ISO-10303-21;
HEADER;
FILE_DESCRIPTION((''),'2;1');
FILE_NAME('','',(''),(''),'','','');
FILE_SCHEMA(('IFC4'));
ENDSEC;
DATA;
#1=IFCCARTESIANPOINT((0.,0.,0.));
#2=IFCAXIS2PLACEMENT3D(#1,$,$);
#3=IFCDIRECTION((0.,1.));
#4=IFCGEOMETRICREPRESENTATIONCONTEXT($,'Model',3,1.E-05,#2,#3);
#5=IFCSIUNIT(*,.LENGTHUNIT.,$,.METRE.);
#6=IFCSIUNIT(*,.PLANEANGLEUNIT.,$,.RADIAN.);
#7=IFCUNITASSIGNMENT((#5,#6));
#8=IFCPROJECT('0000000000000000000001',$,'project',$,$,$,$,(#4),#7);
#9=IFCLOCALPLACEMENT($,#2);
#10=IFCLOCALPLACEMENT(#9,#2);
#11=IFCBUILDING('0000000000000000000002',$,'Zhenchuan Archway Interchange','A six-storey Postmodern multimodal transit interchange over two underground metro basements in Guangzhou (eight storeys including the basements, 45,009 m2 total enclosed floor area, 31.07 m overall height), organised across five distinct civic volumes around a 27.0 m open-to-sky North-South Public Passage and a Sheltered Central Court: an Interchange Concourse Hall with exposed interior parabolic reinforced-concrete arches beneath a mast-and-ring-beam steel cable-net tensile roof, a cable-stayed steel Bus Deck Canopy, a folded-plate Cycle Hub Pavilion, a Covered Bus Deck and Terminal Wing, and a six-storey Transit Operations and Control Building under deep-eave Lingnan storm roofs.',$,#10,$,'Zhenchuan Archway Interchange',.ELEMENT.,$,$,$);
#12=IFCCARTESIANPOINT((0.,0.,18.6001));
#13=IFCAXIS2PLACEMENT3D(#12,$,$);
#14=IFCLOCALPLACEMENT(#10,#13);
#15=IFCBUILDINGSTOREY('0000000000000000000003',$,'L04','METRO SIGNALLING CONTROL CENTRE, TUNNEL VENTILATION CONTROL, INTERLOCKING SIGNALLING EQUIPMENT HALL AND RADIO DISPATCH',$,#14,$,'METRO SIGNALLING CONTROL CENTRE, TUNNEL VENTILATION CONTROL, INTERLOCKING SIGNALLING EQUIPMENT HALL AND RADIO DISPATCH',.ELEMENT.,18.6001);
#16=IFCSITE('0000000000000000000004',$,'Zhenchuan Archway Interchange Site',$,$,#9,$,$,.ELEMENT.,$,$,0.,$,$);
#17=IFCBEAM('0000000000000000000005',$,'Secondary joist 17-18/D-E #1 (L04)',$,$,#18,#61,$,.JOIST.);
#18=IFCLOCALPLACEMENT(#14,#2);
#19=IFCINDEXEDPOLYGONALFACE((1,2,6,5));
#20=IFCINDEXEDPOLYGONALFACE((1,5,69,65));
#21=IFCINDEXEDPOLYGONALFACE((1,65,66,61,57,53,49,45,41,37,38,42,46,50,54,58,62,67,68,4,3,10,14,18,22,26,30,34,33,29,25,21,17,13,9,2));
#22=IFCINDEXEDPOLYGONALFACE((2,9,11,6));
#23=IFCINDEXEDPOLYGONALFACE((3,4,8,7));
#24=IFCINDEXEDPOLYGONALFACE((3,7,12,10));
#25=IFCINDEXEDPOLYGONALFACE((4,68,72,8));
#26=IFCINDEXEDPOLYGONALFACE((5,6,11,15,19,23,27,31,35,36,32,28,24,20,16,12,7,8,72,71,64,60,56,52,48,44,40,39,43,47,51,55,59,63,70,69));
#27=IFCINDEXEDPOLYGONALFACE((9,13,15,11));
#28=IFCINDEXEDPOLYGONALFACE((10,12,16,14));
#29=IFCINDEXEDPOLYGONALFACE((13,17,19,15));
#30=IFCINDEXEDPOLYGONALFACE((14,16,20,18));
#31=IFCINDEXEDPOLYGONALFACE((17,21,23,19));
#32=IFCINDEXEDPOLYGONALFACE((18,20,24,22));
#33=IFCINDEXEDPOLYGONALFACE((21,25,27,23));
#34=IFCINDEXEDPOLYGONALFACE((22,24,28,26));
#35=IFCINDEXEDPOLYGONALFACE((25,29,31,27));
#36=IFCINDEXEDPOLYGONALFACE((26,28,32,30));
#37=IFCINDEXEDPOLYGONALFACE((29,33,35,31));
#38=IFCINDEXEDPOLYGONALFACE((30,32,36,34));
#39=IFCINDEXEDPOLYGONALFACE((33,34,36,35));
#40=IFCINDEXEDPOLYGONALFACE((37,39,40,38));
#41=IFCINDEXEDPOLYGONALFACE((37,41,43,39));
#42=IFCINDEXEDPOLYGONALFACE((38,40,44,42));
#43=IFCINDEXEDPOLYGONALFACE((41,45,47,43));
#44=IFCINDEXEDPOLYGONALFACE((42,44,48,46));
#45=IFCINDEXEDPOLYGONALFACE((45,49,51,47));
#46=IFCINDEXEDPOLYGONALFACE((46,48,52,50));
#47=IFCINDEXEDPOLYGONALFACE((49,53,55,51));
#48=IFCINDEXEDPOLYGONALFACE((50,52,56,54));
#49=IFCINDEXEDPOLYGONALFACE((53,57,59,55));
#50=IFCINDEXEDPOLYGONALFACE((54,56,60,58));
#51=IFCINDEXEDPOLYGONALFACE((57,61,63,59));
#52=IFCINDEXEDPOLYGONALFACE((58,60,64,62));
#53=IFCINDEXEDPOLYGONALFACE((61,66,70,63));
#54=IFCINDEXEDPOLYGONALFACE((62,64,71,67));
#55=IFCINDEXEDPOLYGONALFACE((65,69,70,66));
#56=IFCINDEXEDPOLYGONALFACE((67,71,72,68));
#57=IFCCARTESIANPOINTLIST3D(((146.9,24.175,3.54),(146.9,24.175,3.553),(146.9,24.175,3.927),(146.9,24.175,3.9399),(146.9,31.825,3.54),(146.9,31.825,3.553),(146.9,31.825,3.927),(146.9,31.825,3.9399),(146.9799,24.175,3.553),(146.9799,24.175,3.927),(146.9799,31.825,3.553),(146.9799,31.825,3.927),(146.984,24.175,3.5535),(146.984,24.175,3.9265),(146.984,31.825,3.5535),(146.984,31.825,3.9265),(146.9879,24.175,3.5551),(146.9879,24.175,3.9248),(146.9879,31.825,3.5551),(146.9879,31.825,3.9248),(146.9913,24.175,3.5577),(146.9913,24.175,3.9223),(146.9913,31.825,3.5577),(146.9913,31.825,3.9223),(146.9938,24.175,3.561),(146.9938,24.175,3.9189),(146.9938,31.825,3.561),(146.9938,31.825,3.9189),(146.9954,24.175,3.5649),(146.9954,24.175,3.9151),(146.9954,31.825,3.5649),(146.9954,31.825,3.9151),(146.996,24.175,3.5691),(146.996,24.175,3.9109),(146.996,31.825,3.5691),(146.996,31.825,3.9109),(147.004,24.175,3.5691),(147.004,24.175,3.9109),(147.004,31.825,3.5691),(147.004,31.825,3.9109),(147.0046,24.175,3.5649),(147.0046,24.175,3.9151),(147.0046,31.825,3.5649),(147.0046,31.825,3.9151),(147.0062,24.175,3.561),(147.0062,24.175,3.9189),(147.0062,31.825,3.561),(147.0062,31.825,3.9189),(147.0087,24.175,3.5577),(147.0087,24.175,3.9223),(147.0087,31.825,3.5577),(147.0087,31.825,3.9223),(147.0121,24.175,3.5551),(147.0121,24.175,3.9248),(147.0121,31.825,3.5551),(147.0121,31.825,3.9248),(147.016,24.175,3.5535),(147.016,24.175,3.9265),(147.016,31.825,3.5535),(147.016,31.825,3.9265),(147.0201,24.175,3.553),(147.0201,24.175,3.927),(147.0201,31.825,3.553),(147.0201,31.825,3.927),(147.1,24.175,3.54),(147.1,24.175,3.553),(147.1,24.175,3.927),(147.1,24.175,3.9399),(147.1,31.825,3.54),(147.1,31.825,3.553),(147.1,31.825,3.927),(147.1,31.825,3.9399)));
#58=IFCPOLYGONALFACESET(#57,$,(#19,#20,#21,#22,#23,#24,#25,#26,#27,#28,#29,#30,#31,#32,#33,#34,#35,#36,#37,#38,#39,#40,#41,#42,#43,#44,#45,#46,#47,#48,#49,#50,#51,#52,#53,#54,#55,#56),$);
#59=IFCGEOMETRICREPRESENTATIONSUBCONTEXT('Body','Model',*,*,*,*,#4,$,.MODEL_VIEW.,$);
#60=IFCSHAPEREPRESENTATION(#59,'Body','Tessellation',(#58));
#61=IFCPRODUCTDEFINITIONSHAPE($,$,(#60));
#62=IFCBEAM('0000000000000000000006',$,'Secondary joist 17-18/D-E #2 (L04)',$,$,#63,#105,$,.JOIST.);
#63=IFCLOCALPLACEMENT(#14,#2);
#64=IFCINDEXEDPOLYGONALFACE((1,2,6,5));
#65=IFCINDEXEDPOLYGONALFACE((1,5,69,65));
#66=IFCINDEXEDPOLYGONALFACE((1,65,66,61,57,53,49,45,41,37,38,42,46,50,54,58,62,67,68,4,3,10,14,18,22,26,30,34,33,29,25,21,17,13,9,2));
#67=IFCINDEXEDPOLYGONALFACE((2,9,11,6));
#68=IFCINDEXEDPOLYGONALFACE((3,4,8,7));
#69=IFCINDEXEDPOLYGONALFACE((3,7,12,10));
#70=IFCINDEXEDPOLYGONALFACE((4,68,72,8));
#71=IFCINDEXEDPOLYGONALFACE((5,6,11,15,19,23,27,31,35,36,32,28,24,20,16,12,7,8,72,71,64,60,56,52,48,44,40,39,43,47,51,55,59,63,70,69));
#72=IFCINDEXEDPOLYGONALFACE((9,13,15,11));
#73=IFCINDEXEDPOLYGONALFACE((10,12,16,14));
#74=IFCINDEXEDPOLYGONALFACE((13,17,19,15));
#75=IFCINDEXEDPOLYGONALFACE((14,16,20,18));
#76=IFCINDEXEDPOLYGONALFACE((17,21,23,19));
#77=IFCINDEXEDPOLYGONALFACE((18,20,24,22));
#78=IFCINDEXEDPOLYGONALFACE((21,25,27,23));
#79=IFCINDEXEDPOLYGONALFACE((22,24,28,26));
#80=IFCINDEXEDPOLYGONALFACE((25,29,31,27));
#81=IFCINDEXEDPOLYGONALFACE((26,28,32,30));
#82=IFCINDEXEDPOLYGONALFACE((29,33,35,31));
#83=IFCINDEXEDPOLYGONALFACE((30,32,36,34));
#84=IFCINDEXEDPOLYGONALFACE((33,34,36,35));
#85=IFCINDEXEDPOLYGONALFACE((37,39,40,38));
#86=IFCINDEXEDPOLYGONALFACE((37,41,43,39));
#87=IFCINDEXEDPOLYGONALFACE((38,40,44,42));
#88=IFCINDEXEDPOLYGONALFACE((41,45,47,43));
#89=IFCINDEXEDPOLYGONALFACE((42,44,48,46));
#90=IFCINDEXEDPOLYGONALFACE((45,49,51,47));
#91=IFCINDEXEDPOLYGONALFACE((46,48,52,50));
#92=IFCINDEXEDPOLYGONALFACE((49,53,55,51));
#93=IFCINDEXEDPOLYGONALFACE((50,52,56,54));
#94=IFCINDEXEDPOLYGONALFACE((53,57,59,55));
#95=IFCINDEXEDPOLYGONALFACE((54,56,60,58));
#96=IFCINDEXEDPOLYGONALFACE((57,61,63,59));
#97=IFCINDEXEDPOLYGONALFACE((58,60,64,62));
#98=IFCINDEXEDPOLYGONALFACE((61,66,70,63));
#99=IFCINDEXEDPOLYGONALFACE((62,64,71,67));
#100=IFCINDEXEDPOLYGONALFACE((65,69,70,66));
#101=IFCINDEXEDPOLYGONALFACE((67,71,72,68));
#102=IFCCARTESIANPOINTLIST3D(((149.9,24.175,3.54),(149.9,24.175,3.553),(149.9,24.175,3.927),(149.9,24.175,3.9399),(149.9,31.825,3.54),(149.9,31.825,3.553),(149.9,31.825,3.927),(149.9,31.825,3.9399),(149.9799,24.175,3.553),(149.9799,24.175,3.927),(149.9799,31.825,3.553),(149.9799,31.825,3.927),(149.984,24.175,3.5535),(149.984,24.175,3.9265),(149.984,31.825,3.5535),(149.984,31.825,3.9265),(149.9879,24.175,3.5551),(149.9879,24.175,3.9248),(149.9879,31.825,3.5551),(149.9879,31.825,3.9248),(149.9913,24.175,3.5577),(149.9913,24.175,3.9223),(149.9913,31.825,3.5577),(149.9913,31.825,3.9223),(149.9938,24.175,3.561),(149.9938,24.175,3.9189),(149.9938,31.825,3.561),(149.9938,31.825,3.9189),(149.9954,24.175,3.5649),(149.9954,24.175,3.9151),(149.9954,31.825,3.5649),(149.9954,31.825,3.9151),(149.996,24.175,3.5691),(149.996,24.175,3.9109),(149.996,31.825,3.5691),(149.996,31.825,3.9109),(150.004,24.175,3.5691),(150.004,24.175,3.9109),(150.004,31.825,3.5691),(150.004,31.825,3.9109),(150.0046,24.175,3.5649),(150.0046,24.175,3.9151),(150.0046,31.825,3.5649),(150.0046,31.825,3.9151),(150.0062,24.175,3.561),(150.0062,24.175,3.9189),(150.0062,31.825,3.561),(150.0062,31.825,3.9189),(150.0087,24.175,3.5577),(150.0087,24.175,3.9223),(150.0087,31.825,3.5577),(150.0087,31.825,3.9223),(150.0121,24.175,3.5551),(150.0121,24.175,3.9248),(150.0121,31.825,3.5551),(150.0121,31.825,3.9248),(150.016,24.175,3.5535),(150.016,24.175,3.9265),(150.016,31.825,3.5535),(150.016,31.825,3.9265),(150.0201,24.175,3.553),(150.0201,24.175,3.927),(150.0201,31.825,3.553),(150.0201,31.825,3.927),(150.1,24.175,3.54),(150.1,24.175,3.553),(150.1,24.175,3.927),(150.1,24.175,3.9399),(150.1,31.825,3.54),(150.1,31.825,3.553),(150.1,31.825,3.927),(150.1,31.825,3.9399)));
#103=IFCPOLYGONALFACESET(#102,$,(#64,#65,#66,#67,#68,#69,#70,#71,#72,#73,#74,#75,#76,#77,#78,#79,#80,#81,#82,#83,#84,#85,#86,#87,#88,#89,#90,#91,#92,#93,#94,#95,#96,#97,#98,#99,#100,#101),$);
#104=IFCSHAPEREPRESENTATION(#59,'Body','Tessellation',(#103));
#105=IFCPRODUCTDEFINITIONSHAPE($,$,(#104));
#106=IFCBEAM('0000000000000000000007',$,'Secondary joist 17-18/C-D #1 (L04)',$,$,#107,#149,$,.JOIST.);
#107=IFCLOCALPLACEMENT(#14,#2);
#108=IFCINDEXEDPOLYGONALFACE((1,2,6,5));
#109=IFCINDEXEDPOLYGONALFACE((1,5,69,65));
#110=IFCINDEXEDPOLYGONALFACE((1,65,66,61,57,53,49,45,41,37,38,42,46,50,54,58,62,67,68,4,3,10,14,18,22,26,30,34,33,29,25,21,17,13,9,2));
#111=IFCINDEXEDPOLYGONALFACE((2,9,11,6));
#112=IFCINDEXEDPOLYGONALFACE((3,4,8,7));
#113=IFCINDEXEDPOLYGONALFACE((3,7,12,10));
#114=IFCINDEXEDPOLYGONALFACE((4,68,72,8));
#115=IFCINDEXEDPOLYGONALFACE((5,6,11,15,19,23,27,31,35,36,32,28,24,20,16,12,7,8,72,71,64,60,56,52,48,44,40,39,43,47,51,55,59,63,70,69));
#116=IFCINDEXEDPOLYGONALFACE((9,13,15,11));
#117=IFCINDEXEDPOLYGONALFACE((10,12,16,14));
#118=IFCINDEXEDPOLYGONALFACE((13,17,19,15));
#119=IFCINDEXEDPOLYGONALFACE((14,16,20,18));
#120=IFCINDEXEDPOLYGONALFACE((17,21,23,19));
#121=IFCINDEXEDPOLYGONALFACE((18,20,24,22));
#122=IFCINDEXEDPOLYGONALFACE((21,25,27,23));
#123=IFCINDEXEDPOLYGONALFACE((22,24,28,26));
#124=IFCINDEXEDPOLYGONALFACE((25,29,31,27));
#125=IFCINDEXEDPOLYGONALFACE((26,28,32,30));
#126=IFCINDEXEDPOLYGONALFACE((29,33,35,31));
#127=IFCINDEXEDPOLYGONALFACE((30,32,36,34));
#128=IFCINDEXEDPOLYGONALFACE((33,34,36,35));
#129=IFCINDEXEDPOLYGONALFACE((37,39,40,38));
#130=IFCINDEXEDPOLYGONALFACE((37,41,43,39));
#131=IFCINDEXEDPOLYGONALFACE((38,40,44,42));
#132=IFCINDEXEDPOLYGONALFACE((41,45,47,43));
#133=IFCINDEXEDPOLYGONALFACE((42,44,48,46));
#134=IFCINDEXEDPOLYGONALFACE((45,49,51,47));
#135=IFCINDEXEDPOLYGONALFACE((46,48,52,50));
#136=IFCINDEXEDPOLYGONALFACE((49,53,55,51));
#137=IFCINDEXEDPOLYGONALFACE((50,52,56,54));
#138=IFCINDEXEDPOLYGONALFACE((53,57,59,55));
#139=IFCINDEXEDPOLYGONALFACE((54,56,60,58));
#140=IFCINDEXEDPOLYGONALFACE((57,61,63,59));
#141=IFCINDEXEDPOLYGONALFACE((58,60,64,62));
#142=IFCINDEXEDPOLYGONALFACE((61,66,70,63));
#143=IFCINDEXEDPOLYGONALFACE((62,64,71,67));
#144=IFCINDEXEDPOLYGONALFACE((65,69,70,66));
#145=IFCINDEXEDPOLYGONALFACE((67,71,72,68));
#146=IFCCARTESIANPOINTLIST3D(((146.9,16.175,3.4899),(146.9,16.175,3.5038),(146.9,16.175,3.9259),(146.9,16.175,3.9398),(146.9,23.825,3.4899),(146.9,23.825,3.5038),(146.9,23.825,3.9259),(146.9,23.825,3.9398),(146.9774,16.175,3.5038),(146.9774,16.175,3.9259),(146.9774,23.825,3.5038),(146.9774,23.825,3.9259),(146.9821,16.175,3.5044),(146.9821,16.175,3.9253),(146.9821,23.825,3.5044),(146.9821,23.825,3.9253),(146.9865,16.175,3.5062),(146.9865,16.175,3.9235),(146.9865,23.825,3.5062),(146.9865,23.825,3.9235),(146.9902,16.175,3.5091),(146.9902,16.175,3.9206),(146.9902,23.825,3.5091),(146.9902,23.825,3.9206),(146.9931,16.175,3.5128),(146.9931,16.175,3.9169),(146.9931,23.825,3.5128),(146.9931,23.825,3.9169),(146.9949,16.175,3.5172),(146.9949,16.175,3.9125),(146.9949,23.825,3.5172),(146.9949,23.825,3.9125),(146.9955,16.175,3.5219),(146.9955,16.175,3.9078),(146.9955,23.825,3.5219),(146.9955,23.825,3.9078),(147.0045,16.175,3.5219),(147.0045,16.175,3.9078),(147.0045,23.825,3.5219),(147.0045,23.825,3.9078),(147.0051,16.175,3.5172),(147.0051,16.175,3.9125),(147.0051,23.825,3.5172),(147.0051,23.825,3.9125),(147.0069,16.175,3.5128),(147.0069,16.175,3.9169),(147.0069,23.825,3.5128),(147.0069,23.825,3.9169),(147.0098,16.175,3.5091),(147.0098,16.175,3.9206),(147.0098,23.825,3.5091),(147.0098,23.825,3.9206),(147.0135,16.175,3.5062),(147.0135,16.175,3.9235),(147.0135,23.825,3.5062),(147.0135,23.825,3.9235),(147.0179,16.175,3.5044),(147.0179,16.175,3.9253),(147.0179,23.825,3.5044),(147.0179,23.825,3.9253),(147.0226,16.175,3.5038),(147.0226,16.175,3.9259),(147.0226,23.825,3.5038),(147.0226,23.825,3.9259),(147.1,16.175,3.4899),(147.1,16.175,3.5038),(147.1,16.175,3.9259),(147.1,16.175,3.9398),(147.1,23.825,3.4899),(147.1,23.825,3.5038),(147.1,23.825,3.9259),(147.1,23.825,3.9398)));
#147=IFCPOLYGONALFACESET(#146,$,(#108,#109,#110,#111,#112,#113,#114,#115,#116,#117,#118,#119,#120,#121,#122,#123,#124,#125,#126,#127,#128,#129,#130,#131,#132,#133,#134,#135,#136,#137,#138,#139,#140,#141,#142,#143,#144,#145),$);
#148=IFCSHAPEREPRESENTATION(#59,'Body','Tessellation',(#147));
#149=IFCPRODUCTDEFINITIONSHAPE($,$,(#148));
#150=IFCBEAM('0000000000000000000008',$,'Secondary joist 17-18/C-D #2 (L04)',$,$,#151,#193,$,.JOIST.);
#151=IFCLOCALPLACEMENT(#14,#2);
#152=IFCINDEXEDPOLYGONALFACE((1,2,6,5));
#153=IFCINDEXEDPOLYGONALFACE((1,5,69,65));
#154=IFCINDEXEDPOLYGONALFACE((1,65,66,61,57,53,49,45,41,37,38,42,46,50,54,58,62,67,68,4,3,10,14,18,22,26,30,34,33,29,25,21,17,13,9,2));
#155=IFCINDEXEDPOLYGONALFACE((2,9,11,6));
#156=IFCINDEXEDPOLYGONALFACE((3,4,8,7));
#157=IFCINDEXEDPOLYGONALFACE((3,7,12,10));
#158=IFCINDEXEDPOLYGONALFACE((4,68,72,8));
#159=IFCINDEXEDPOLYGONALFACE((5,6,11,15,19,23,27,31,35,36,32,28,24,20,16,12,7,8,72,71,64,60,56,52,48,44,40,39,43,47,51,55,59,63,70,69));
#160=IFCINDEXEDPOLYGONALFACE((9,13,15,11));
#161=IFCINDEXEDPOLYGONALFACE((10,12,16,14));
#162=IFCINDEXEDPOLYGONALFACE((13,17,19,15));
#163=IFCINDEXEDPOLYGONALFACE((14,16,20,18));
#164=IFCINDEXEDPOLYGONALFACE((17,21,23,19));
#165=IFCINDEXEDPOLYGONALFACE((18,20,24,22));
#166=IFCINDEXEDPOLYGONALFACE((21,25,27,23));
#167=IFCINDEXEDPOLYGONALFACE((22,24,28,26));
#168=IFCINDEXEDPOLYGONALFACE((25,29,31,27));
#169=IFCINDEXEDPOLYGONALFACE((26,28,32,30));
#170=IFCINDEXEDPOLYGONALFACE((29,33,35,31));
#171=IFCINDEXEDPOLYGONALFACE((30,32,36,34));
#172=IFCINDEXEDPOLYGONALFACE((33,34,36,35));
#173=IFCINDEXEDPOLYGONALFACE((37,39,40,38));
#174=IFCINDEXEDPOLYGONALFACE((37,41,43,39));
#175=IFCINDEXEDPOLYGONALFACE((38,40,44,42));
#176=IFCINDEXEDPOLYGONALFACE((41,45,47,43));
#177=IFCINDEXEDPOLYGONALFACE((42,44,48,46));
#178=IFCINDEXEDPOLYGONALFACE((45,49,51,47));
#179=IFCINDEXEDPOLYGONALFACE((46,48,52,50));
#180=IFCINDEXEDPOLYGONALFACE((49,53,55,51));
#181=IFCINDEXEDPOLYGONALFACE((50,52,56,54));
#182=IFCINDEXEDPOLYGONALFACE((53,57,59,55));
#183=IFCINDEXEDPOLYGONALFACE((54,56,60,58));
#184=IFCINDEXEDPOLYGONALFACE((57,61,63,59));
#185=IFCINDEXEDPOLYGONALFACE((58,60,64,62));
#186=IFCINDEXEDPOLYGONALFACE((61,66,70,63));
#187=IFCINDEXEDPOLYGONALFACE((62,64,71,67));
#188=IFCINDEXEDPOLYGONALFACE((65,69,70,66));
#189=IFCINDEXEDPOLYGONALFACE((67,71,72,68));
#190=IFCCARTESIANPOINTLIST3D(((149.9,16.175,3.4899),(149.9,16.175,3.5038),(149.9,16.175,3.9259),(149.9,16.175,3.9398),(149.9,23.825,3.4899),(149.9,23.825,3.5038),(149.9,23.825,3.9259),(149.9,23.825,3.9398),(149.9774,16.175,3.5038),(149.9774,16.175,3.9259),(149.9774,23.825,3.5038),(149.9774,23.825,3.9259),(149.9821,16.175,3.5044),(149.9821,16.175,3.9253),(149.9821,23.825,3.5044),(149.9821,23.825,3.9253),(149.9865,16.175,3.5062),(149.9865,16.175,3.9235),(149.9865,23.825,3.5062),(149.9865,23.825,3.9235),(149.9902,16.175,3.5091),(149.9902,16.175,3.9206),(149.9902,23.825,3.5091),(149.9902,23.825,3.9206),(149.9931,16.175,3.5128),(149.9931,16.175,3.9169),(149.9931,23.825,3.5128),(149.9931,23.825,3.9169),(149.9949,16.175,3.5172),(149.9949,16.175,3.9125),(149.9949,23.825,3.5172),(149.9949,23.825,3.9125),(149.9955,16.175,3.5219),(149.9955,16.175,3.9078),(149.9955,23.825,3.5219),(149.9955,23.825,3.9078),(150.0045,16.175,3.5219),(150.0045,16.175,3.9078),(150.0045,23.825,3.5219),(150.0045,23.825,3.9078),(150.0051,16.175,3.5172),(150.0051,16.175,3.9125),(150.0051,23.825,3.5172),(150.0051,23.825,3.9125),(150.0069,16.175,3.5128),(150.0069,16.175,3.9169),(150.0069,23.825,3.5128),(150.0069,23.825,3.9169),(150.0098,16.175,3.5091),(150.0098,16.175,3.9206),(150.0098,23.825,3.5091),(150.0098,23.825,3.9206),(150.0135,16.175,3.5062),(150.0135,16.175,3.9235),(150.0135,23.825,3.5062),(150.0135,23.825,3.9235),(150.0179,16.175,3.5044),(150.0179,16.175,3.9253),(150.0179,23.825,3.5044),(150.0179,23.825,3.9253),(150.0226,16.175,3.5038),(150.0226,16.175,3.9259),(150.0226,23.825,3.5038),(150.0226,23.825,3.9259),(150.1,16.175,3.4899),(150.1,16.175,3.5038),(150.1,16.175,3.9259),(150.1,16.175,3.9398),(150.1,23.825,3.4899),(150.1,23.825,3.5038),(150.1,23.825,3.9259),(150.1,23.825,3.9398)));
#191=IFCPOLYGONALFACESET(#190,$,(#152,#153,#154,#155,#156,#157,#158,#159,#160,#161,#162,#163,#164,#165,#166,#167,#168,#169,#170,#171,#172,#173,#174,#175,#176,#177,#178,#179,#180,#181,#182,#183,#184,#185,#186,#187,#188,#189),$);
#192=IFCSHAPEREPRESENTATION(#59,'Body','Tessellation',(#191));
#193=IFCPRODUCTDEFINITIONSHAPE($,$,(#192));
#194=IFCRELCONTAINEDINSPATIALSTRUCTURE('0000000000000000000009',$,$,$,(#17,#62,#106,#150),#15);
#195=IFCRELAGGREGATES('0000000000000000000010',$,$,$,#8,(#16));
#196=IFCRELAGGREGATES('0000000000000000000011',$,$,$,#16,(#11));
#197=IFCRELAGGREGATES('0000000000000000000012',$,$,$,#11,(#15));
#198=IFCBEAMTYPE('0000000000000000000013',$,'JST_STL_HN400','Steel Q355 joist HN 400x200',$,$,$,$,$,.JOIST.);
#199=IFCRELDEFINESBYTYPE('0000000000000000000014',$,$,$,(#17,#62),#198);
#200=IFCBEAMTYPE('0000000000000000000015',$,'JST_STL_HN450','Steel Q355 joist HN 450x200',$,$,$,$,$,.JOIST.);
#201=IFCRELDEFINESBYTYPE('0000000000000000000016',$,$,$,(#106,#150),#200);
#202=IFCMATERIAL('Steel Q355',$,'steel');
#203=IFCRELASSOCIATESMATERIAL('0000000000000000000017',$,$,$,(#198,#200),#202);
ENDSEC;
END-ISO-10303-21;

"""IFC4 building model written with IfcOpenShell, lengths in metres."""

from ifc_helpers import new_model, si_unit, direction, frame, origin, origin_2d, place, context, subcontext, project, spatial, i_section, extrude, material, material_profile, profile_set, type_object, element, save


model = new_model("IFC4")

# Units and contexts
model_context = context("Model", 3, precision=1e-05, world=origin(), true_north=direction((0.0, 1.0)))
body_context = subcontext(model_context, "Body", "Model", "MODEL_VIEW")
ifc_project = project(units=[si_unit("LENGTHUNIT", "METRE"), si_unit("PLANEANGLEUNIT", "RADIAN")], contexts=[model_context])

# Site, building, storey
site_placement = place(None, origin())
site = spatial("IfcSite", under=ifc_project, at=site_placement, Name="Zhenchuan Archway Interchange Site", CompositionType="ELEMENT", RefElevation=0.0)
building_placement = place(site_placement, origin())
building = spatial("IfcBuilding", under=site, at=building_placement, Name="Zhenchuan Archway Interchange", Description="A six-storey Postmodern multimodal transit interchange over two underground metro basements in Guangzhou (eight storeys including the basements, 45,009 m2 total enclosed floor area, 31.07 m overall height), organised across five distinct civic volumes around a 27.0 m open-to-sky North-South Public Passage and a Sheltered Central Court: an Interchange Concourse Hall with exposed interior parabolic reinforced-concrete arches beneath a mast-and-ring-beam steel cable-net tensile roof, a cable-stayed steel Bus Deck Canopy, a folded-plate Cycle Hub Pavilion, a Covered Bus Deck and Terminal Wing, and a six-storey Transit Operations and Control Building under deep-eave Lingnan storm roofs.", LongName="Zhenchuan Archway Interchange", CompositionType="ELEMENT")
storey_placement = place(building_placement, frame((0.0, 0.0, 18.6001)))
storey = spatial("IfcBuildingStorey", under=building, at=storey_placement, Name="L04", Description="METRO SIGNALLING CONTROL CENTRE, TUNNEL VENTILATION CONTROL, INTERLOCKING SIGNALLING EQUIPMENT HALL AND RADIO DISPATCH", LongName="METRO SIGNALLING CONTROL CENTRE, TUNNEL VENTILATION CONTROL, INTERLOCKING SIGNALLING EQUIPMENT HALL AND RADIO DISPATCH", CompositionType="ELEMENT", Elevation=18.6001)

# Beams
ifc_material_1 = material(Name="Steel Q355", Category="steel")
ifc_material_profile_1 = material_profile(ifc_material_1, i_section(OverallWidth=0.2, OverallDepth=0.3999, WebThickness=0.0081, FlangeThickness=0.0129, FilletRadius=0.0161, at=origin_2d()), Name="HN 400x200")
ifc_profile_set_1 = profile_set([ifc_material_profile_1], Name="Steel Q355")
beam_type_1 = type_object("IfcBeamType", Name="JST_STL_HN400", Description="Steel Q355 joist HN 400x200", PredefinedType="JOIST", material=ifc_profile_set_1)
for number, where, z_axis, x_axis, name in (
    (1, (147.0, 24.175, 3.74), (0.0, 1.0, 0.0), (-1.0, 0.0, 0.0), "Secondary joist 17-18/D-E #1 (L04)"),
    (2, (150.0, 24.175, 3.74), (0.0, 1.0, 0.0), (-1.0, 0.0, 0.0), "Secondary joist 17-18/D-E #2 (L04)"),
):
    element("IfcBeam", number, at=place(storey_placement, frame(where, z_axis=z_axis, x_axis=x_axis)), inside=storey, type_object=beam_type_1, Name=name, PredefinedType="JOIST", context=body_context, shape_type="SweptSolid", body=[
        extrude(i_section(OverallWidth=0.2, OverallDepth=0.3999, WebThickness=0.0081, FlangeThickness=0.0129, FilletRadius=0.0161, at=origin_2d()), origin(), (0.0, 0.0, 1.0), 7.6499),
    ])
ifc_material_profile_2 = material_profile(ifc_material_1, i_section(OverallWidth=0.2, OverallDepth=0.45, WebThickness=0.009, FlangeThickness=0.0139, FilletRadius=0.0181, at=origin_2d()), Name="HN 450x200")
ifc_profile_set_2 = profile_set([ifc_material_profile_2], Name="Steel Q355")
beam_type_2 = type_object("IfcBeamType", Name="JST_STL_HN450", Description="Steel Q355 joist HN 450x200", PredefinedType="JOIST", material=ifc_profile_set_2)
for number, where, z_axis, x_axis, name in (
    (3, (147.0, 16.175, 3.7148), (0.0, 1.0, 0.0), (-1.0, 0.0, 0.0), "Secondary joist 17-18/C-D #1 (L04)"),
    (4, (150.0, 16.175, 3.7148), (0.0, 1.0, 0.0), (-1.0, 0.0, 0.0), "Secondary joist 17-18/C-D #2 (L04)"),
):
    element("IfcBeam", number, at=place(storey_placement, frame(where, z_axis=z_axis, x_axis=x_axis)), inside=storey, type_object=beam_type_2, Name=name, PredefinedType="JOIST", context=body_context, shape_type="SweptSolid", body=[
        extrude(i_section(OverallWidth=0.2, OverallDepth=0.45, WebThickness=0.009, FlangeThickness=0.0139, FilletRadius=0.0181, at=origin_2d()), origin(), (0.0, 0.0, 1.0), 7.6499),
    ])

save(model, "model.ifc")
